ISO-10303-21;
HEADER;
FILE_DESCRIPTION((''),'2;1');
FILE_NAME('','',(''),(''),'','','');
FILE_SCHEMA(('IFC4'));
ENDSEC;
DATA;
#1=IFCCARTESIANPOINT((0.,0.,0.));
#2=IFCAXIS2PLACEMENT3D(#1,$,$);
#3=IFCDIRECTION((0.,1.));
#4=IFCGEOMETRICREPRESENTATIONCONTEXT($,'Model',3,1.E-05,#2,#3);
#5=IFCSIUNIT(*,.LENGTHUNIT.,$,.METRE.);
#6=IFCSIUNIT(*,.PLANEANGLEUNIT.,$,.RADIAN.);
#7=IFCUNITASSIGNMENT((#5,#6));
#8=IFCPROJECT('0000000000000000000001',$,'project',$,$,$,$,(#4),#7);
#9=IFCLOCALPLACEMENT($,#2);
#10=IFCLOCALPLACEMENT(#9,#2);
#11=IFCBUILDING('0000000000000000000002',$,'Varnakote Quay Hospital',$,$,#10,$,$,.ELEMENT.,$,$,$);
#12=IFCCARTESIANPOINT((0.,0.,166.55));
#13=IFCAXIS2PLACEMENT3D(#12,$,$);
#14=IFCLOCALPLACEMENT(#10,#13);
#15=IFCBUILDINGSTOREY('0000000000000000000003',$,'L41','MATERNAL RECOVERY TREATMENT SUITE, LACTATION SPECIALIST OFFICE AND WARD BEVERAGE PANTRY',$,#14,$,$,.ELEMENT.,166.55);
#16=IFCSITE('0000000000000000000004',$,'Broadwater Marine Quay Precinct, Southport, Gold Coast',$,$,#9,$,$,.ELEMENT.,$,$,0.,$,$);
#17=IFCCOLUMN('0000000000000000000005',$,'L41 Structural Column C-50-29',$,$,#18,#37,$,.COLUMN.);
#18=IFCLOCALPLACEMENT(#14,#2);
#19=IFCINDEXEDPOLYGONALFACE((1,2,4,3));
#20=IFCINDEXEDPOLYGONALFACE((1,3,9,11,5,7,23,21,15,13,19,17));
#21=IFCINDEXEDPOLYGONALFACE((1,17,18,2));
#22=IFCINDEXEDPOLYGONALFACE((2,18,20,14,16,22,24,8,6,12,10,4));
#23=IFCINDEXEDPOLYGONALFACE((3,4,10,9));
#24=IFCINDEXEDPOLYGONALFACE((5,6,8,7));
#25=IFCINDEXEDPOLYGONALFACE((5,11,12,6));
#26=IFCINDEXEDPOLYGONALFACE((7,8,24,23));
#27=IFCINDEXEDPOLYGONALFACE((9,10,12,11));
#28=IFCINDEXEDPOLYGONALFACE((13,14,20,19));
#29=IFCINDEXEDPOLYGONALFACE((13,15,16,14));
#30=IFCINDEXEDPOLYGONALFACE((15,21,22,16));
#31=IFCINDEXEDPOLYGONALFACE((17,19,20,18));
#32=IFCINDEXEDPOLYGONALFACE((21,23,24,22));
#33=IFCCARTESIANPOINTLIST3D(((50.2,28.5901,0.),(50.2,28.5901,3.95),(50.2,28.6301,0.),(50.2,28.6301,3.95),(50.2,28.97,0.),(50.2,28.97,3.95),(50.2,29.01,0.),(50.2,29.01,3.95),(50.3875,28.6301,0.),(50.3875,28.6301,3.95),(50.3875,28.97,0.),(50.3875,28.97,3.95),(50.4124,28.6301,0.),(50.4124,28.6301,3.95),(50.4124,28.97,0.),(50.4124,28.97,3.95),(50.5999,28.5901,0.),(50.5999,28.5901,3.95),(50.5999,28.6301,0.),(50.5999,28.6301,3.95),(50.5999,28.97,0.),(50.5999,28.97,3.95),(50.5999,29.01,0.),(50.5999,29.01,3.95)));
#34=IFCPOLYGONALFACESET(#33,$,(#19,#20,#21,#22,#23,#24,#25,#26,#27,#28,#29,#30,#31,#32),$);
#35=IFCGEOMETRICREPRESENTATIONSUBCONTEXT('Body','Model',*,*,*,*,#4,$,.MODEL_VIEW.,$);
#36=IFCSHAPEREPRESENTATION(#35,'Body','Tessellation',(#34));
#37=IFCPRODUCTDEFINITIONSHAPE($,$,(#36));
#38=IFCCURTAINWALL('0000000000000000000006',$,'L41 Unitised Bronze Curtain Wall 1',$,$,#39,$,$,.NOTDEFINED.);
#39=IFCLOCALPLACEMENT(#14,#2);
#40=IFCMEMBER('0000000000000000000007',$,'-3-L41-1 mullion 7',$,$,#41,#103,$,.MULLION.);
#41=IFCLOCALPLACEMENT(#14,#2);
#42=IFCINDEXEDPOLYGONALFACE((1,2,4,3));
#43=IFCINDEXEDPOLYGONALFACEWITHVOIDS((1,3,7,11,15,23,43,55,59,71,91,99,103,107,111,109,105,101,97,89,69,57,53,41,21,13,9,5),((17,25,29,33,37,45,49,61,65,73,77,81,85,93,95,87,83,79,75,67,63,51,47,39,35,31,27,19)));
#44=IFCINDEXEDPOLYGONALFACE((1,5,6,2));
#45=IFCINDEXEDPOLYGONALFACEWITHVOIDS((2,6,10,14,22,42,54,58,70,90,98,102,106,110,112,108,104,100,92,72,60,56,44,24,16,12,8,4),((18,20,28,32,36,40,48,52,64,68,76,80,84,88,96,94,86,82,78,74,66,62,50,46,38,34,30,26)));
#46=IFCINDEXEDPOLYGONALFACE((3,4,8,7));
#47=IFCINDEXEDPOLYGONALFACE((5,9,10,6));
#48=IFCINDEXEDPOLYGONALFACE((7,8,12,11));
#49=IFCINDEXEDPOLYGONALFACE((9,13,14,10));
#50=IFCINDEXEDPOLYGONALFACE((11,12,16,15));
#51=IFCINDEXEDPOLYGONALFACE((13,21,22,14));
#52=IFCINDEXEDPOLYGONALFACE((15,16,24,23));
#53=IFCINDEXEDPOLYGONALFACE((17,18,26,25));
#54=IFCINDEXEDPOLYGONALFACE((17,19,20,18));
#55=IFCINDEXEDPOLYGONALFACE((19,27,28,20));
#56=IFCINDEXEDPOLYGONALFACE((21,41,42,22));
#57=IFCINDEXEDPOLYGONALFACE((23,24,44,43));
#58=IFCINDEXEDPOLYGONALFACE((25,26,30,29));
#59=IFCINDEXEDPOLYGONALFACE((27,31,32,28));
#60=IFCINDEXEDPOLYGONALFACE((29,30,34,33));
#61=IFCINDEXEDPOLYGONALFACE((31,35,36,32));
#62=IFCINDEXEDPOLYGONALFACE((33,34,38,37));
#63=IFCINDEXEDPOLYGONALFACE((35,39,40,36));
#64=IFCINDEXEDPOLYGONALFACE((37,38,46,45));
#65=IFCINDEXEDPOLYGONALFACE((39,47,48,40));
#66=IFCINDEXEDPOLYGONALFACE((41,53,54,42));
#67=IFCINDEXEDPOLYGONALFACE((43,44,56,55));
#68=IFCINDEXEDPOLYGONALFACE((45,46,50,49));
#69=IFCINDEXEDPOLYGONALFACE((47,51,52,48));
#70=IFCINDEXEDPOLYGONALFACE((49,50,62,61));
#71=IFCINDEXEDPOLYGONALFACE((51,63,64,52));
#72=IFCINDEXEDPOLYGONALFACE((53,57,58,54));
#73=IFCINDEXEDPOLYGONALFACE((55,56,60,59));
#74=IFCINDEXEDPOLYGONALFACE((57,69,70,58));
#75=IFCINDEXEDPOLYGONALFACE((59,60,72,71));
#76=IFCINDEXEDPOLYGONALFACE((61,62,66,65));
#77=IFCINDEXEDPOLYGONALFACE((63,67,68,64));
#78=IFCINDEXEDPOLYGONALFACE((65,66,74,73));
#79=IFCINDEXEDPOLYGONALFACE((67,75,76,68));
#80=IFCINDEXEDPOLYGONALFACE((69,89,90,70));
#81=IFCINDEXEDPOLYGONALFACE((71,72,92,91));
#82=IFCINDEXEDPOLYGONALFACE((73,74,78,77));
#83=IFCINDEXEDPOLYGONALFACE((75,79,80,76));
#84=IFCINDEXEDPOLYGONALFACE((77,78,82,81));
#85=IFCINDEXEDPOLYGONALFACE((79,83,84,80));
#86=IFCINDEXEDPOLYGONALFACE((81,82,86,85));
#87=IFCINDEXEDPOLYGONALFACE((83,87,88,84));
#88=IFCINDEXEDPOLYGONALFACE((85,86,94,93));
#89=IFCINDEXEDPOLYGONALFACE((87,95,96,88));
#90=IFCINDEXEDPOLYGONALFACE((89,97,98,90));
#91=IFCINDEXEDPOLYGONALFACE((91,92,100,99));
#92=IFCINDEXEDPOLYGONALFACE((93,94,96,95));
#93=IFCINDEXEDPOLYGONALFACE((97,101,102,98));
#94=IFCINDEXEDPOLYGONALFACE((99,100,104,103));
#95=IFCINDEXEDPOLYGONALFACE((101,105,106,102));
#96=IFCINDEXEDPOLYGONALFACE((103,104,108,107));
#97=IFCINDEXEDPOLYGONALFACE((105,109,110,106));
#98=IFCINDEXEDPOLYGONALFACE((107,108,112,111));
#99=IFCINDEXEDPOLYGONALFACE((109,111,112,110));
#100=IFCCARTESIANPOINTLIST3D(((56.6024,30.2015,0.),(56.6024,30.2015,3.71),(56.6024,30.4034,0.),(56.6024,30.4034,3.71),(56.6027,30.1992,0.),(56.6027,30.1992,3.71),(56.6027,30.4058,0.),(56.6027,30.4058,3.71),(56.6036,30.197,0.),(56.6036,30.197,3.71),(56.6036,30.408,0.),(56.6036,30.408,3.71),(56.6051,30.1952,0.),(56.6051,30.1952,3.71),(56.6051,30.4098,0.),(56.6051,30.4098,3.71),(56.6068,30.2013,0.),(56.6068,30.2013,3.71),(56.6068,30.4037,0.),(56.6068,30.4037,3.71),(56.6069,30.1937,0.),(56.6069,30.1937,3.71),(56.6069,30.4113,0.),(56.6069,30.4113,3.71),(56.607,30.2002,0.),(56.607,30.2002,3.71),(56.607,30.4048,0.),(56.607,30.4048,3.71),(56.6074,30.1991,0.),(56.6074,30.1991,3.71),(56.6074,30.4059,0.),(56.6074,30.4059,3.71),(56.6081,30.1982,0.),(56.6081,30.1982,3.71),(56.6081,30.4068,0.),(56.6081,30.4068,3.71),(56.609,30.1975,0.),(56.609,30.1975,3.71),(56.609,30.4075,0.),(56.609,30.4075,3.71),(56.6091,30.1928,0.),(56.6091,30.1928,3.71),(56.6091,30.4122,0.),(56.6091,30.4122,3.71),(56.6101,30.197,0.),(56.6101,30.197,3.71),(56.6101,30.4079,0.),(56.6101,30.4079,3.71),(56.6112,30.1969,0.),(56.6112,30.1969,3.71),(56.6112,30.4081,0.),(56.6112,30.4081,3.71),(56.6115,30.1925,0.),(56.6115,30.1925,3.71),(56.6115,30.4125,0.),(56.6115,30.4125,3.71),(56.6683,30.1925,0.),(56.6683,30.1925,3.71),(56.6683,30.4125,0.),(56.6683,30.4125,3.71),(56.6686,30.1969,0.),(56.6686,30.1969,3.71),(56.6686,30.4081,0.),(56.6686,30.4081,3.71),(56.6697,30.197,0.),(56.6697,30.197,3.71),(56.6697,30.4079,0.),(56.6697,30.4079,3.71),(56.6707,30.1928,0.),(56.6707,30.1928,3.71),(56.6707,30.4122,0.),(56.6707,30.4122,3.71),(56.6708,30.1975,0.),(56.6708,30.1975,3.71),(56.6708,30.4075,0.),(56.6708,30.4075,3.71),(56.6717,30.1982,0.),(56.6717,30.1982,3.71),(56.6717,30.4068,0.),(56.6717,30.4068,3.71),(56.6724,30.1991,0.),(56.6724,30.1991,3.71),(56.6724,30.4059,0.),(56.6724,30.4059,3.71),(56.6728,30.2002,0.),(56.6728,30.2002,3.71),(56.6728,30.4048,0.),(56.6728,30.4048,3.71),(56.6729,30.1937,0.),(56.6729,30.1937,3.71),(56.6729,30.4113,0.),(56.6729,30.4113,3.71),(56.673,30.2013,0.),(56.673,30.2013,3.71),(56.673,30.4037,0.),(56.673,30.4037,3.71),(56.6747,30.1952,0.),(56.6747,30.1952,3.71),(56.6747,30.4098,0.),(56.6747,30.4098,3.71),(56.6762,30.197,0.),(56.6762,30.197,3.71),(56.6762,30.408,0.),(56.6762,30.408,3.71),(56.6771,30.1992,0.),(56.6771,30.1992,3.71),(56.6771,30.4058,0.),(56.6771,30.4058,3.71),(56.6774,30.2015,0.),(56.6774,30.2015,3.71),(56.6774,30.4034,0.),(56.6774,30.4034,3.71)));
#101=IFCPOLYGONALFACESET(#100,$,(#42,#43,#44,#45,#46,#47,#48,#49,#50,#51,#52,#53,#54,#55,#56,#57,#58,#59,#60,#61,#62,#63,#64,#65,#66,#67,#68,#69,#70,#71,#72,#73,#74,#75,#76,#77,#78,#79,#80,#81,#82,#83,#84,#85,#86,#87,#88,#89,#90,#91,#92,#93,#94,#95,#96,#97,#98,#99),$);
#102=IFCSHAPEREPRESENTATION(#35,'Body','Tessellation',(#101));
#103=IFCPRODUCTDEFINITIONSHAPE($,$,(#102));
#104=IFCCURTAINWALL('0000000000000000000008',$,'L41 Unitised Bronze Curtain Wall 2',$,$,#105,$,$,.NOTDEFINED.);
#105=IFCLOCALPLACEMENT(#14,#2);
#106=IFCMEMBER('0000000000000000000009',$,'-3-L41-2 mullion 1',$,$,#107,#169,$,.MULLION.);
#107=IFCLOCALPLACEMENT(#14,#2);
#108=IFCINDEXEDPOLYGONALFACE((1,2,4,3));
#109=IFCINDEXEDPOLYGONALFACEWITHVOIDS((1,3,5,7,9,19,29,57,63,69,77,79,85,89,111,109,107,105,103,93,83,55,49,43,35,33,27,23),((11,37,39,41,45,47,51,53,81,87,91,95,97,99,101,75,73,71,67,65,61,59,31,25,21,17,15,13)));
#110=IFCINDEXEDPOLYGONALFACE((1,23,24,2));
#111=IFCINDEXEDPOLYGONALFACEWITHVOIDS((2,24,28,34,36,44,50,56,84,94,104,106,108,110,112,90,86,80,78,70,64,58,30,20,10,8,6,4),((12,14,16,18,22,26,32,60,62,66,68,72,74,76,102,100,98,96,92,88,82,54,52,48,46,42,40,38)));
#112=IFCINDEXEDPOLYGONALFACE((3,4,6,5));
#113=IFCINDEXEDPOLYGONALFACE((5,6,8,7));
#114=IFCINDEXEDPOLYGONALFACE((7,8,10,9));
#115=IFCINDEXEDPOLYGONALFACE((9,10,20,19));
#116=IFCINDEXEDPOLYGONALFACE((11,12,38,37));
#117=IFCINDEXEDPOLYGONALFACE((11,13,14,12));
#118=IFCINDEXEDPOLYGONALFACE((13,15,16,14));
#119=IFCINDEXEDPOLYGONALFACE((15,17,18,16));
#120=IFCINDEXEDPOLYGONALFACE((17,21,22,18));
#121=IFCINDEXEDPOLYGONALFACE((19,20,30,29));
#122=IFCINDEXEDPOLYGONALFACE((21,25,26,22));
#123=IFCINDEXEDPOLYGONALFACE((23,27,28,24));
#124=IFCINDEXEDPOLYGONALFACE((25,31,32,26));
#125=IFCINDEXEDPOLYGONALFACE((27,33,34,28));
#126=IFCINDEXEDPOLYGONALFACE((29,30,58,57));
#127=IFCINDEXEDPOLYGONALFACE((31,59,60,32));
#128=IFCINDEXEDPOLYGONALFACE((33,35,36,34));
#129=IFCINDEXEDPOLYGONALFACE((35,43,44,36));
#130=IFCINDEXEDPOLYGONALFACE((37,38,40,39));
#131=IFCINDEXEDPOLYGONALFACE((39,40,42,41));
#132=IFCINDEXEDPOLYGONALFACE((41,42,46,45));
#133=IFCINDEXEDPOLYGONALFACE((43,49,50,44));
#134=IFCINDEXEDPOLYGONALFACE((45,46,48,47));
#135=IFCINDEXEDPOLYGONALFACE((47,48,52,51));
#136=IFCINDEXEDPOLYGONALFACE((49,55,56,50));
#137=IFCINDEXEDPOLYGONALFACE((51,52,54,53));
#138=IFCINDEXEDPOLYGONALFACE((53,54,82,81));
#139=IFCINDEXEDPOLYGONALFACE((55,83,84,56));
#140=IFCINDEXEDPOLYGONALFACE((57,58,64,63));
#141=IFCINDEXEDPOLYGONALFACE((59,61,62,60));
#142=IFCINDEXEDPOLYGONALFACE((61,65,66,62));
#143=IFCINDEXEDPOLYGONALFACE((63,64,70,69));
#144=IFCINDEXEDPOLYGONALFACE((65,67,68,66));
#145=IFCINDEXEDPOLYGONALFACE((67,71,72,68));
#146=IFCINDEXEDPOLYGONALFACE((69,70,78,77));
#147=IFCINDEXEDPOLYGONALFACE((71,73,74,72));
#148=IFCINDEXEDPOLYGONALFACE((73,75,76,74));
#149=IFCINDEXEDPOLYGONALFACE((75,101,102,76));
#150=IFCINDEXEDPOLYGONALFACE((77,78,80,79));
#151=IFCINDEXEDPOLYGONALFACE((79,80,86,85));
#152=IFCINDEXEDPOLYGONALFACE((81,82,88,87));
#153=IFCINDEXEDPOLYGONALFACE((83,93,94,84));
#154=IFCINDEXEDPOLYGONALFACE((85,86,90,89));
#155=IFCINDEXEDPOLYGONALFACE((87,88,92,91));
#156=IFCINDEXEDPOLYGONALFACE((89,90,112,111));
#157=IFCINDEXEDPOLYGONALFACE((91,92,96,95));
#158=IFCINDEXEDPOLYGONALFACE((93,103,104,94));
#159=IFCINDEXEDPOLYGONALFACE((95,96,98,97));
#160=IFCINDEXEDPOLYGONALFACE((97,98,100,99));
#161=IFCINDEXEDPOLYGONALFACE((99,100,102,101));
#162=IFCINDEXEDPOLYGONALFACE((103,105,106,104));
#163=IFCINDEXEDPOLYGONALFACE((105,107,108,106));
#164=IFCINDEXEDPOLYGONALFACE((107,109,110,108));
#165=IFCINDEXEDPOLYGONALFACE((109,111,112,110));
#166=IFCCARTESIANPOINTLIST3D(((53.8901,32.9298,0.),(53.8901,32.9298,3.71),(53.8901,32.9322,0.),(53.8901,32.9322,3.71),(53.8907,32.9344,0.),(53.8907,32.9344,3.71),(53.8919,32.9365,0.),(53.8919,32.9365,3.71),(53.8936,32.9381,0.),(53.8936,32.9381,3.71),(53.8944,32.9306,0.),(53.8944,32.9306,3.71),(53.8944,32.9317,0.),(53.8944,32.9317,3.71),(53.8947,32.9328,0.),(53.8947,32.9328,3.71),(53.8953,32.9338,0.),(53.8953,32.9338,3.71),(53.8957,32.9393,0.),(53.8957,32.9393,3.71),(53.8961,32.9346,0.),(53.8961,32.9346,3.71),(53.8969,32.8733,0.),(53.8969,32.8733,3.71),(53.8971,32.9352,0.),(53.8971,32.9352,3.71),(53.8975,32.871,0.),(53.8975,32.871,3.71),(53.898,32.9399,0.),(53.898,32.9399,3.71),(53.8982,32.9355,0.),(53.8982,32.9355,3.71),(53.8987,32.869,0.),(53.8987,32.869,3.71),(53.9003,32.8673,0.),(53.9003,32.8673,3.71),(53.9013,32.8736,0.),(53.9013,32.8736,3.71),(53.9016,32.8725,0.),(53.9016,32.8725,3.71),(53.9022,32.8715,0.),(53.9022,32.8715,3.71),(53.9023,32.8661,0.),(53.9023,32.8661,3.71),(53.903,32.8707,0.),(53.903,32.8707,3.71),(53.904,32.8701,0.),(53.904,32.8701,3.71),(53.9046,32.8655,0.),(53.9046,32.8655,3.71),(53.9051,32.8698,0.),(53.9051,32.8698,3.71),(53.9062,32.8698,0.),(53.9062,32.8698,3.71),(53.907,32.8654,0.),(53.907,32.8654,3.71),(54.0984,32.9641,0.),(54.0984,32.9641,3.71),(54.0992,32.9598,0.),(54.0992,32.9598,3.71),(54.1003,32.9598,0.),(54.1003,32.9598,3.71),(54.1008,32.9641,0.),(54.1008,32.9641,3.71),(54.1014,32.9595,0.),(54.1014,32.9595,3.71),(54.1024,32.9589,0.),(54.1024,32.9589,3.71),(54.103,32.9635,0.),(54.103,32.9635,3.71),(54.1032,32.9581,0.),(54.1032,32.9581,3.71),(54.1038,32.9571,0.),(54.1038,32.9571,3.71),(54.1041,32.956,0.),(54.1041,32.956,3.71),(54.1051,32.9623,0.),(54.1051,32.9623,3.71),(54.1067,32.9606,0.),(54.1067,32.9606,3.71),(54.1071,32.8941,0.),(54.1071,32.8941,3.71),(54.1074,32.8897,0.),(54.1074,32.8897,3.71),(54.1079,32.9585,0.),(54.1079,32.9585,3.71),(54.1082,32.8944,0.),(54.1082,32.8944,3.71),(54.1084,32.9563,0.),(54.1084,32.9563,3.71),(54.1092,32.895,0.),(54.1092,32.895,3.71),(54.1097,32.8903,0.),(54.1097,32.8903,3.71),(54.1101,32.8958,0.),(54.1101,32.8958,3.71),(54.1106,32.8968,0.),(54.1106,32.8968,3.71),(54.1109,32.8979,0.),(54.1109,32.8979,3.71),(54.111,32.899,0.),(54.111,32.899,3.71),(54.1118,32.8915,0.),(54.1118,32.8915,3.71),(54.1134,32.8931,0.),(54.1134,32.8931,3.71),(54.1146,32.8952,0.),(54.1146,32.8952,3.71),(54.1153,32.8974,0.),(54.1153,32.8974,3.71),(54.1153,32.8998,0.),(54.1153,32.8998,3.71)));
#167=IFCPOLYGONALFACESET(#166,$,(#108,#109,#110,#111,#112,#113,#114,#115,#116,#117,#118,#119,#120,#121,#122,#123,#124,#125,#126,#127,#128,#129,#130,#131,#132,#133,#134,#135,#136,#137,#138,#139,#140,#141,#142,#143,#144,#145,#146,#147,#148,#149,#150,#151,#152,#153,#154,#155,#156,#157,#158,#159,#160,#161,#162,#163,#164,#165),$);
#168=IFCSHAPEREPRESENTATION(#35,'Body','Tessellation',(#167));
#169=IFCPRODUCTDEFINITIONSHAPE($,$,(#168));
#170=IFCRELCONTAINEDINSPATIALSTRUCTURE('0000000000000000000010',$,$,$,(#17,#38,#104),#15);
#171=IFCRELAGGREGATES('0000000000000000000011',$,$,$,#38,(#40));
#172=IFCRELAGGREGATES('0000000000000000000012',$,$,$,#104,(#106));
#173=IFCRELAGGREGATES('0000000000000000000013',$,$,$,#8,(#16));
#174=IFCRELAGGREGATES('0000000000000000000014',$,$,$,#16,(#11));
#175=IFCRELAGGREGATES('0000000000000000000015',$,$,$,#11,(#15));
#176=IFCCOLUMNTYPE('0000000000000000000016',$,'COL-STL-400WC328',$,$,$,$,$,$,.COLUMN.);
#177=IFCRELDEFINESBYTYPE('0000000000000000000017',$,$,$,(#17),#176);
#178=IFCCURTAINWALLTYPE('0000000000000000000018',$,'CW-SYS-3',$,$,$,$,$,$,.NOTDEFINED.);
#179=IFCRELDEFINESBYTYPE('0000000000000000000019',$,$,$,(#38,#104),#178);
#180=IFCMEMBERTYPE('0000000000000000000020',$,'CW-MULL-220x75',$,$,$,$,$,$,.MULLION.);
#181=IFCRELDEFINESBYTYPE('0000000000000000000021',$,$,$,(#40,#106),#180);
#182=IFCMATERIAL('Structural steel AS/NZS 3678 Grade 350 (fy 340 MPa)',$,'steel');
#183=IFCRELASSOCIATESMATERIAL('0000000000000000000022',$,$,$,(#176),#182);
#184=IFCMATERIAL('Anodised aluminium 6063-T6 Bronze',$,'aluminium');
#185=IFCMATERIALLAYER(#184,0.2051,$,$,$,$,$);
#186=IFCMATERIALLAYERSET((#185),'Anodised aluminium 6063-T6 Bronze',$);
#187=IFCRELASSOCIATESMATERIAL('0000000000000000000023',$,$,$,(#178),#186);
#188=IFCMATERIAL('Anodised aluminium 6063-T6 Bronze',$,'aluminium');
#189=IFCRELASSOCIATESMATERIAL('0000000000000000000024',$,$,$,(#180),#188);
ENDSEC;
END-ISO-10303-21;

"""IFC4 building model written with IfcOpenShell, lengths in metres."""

from ifc_helpers import new_model, si_unit, direction, frame, origin, origin_2d, place, context, subcontext, project, spatial, hollow_rectangle, i_section, extrude, material, layer, layer_set, material_profile, profile_set, type_object, element, aggregate, save


model = new_model("IFC4")

# Units and contexts
model_context = context("Model", 3, precision=1e-05, world=origin(), true_north=direction((0.0, 1.0)))
body_context = subcontext(model_context, "Body", "Model", "MODEL_VIEW")
ifc_project = project(units=[si_unit("LENGTHUNIT", "METRE"), si_unit("PLANEANGLEUNIT", "RADIAN")], contexts=[model_context])

# Site, building, storey
site_placement = place(None, origin())
site = spatial("IfcSite", under=ifc_project, at=site_placement, Name="Broadwater Marine Quay Precinct, Southport, Gold Coast", CompositionType="ELEMENT", RefElevation=0.0)
building_placement = place(site_placement, origin())
building = spatial("IfcBuilding", under=site, at=building_placement, Name="Varnakote Quay Hospital", CompositionType="ELEMENT")
storey_placement = place(building_placement, frame((0.0, 0.0, 166.55)))
storey = spatial("IfcBuildingStorey", under=building, at=storey_placement, Name="L41", Description="MATERNAL RECOVERY TREATMENT SUITE, LACTATION SPECIALIST OFFICE AND WARD BEVERAGE PANTRY", CompositionType="ELEMENT", Elevation=166.55)

# Column
ifc_material_1 = material(Name="Structural steel AS/NZS 3678 Grade 350 (fy 340 MPa)", Category="steel")
ifc_material_profile_1 = material_profile(ifc_material_1, i_section(OverallWidth=0.3999, OverallDepth=0.4199, WebThickness=0.0249, FlangeThickness=0.04, at=origin_2d()), Name="400WC328")
ifc_profile_set_1 = profile_set([ifc_material_profile_1], Name="Structural steel AS/NZS 3678 Grade 350 (fy 340 MPa)")
column_type = type_object("IfcColumnType", Name="COL-STL-400WC328", PredefinedType="COLUMN", material=ifc_profile_set_1)
column_placement = place(storey_placement, frame((50.3999, 28.8, 0.0), z_axis=(0.0, 0.0, 1.0), x_axis=(1.0, 0.0, 0.0)))
element("IfcColumn", 1, at=column_placement, inside=storey, type_object=column_type, Name="L41 Structural Column C-50-29", PredefinedType="COLUMN", context=body_context, shape_type="SweptSolid", body=[
    extrude(i_section(OverallWidth=0.3999, OverallDepth=0.4199, WebThickness=0.0249, FlangeThickness=0.04, at=origin_2d()), origin(), (0.0, 0.0, 1.0), 3.95),
])

# Curtain wall, member
ifc_material_2 = material(Name="Anodised aluminium 6063-T6 Bronze", Category="aluminium")
ifc_layer_1 = layer(ifc_material_2, 0.2051)
ifc_layer_set_1 = layer_set([ifc_layer_1], Name="Anodised aluminium 6063-T6 Bronze")
curtain_wall_type = type_object("IfcCurtainWallType", Name="CW-SYS-3", PredefinedType="NOTDEFINED", material=ifc_layer_set_1)
curtain_wall_1_placement = place(storey_placement, origin())
curtain_wall_1 = element("IfcCurtainWall", 2, at=curtain_wall_1_placement, inside=storey, type_object=curtain_wall_type, Name="L41 Unitised Bronze Curtain Wall 1", PredefinedType="NOTDEFINED")
ifc_material_3 = material(Name="Anodised aluminium 6063-T6 Bronze", Category="aluminium")
ifc_material_profile_2 = material_profile(ifc_material_3, hollow_rectangle(XDim=0.075, YDim=0.22, WallThickness=0.0044, InnerFilletRadius=0.0044, OuterFilletRadius=0.009, at=origin_2d()), Name="CW-MULL-220x75")
ifc_profile_set_2 = profile_set([ifc_material_profile_2], Name="Anodised aluminium 6063-T6 Bronze")
member_type_1 = type_object("IfcMemberType", Name="CW-MULL-220x75", PredefinedType="MULLION", material=ifc_profile_set_2)
member_1_placement = place(storey_placement, frame((56.6399, 30.3025, 0.0), z_axis=(0.0, 0.0, 1.0), x_axis=(-1.0, 0.0, 0.0)))
member_1 = element("IfcMember", 3, at=member_1_placement, type_object=member_type_1, Name="-3-L41-1 mullion 7", PredefinedType="MULLION", context=body_context, shape_type="SweptSolid", body=[
    extrude(hollow_rectangle(XDim=0.075, YDim=0.22, WallThickness=0.0044, InnerFilletRadius=0.0044, OuterFilletRadius=0.009, at=origin_2d()), origin(), (0.0, 0.0, 1.0), 3.71),
])

# Curtain wall, member
curtain_wall_2_placement = place(storey_placement, origin())
curtain_wall_2 = element("IfcCurtainWall", 4, at=curtain_wall_2_placement, inside=storey, type_object=curtain_wall_type, Name="L41 Unitised Bronze Curtain Wall 2", PredefinedType="NOTDEFINED")
member_2_placement = place(storey_placement, frame((54.0027, 32.9148, 0.0), z_axis=(0.0, 0.0, 1.0), x_axis=(0.120327, -0.992734, 0.0)))
member_2 = element("IfcMember", 5, at=member_2_placement, type_object=member_type_1, Name="-3-L41-2 mullion 1", PredefinedType="MULLION", context=body_context, shape_type="SweptSolid", body=[
    extrude(hollow_rectangle(XDim=0.075, YDim=0.22, WallThickness=0.0044, InnerFilletRadius=0.0044, OuterFilletRadius=0.009, at=origin_2d()), origin(), (0.0, 0.0, 1.0), 3.71),
])

aggregate(curtain_wall_1, [member_1])
aggregate(curtain_wall_2, [member_2])

save(model, "model.ifc")
